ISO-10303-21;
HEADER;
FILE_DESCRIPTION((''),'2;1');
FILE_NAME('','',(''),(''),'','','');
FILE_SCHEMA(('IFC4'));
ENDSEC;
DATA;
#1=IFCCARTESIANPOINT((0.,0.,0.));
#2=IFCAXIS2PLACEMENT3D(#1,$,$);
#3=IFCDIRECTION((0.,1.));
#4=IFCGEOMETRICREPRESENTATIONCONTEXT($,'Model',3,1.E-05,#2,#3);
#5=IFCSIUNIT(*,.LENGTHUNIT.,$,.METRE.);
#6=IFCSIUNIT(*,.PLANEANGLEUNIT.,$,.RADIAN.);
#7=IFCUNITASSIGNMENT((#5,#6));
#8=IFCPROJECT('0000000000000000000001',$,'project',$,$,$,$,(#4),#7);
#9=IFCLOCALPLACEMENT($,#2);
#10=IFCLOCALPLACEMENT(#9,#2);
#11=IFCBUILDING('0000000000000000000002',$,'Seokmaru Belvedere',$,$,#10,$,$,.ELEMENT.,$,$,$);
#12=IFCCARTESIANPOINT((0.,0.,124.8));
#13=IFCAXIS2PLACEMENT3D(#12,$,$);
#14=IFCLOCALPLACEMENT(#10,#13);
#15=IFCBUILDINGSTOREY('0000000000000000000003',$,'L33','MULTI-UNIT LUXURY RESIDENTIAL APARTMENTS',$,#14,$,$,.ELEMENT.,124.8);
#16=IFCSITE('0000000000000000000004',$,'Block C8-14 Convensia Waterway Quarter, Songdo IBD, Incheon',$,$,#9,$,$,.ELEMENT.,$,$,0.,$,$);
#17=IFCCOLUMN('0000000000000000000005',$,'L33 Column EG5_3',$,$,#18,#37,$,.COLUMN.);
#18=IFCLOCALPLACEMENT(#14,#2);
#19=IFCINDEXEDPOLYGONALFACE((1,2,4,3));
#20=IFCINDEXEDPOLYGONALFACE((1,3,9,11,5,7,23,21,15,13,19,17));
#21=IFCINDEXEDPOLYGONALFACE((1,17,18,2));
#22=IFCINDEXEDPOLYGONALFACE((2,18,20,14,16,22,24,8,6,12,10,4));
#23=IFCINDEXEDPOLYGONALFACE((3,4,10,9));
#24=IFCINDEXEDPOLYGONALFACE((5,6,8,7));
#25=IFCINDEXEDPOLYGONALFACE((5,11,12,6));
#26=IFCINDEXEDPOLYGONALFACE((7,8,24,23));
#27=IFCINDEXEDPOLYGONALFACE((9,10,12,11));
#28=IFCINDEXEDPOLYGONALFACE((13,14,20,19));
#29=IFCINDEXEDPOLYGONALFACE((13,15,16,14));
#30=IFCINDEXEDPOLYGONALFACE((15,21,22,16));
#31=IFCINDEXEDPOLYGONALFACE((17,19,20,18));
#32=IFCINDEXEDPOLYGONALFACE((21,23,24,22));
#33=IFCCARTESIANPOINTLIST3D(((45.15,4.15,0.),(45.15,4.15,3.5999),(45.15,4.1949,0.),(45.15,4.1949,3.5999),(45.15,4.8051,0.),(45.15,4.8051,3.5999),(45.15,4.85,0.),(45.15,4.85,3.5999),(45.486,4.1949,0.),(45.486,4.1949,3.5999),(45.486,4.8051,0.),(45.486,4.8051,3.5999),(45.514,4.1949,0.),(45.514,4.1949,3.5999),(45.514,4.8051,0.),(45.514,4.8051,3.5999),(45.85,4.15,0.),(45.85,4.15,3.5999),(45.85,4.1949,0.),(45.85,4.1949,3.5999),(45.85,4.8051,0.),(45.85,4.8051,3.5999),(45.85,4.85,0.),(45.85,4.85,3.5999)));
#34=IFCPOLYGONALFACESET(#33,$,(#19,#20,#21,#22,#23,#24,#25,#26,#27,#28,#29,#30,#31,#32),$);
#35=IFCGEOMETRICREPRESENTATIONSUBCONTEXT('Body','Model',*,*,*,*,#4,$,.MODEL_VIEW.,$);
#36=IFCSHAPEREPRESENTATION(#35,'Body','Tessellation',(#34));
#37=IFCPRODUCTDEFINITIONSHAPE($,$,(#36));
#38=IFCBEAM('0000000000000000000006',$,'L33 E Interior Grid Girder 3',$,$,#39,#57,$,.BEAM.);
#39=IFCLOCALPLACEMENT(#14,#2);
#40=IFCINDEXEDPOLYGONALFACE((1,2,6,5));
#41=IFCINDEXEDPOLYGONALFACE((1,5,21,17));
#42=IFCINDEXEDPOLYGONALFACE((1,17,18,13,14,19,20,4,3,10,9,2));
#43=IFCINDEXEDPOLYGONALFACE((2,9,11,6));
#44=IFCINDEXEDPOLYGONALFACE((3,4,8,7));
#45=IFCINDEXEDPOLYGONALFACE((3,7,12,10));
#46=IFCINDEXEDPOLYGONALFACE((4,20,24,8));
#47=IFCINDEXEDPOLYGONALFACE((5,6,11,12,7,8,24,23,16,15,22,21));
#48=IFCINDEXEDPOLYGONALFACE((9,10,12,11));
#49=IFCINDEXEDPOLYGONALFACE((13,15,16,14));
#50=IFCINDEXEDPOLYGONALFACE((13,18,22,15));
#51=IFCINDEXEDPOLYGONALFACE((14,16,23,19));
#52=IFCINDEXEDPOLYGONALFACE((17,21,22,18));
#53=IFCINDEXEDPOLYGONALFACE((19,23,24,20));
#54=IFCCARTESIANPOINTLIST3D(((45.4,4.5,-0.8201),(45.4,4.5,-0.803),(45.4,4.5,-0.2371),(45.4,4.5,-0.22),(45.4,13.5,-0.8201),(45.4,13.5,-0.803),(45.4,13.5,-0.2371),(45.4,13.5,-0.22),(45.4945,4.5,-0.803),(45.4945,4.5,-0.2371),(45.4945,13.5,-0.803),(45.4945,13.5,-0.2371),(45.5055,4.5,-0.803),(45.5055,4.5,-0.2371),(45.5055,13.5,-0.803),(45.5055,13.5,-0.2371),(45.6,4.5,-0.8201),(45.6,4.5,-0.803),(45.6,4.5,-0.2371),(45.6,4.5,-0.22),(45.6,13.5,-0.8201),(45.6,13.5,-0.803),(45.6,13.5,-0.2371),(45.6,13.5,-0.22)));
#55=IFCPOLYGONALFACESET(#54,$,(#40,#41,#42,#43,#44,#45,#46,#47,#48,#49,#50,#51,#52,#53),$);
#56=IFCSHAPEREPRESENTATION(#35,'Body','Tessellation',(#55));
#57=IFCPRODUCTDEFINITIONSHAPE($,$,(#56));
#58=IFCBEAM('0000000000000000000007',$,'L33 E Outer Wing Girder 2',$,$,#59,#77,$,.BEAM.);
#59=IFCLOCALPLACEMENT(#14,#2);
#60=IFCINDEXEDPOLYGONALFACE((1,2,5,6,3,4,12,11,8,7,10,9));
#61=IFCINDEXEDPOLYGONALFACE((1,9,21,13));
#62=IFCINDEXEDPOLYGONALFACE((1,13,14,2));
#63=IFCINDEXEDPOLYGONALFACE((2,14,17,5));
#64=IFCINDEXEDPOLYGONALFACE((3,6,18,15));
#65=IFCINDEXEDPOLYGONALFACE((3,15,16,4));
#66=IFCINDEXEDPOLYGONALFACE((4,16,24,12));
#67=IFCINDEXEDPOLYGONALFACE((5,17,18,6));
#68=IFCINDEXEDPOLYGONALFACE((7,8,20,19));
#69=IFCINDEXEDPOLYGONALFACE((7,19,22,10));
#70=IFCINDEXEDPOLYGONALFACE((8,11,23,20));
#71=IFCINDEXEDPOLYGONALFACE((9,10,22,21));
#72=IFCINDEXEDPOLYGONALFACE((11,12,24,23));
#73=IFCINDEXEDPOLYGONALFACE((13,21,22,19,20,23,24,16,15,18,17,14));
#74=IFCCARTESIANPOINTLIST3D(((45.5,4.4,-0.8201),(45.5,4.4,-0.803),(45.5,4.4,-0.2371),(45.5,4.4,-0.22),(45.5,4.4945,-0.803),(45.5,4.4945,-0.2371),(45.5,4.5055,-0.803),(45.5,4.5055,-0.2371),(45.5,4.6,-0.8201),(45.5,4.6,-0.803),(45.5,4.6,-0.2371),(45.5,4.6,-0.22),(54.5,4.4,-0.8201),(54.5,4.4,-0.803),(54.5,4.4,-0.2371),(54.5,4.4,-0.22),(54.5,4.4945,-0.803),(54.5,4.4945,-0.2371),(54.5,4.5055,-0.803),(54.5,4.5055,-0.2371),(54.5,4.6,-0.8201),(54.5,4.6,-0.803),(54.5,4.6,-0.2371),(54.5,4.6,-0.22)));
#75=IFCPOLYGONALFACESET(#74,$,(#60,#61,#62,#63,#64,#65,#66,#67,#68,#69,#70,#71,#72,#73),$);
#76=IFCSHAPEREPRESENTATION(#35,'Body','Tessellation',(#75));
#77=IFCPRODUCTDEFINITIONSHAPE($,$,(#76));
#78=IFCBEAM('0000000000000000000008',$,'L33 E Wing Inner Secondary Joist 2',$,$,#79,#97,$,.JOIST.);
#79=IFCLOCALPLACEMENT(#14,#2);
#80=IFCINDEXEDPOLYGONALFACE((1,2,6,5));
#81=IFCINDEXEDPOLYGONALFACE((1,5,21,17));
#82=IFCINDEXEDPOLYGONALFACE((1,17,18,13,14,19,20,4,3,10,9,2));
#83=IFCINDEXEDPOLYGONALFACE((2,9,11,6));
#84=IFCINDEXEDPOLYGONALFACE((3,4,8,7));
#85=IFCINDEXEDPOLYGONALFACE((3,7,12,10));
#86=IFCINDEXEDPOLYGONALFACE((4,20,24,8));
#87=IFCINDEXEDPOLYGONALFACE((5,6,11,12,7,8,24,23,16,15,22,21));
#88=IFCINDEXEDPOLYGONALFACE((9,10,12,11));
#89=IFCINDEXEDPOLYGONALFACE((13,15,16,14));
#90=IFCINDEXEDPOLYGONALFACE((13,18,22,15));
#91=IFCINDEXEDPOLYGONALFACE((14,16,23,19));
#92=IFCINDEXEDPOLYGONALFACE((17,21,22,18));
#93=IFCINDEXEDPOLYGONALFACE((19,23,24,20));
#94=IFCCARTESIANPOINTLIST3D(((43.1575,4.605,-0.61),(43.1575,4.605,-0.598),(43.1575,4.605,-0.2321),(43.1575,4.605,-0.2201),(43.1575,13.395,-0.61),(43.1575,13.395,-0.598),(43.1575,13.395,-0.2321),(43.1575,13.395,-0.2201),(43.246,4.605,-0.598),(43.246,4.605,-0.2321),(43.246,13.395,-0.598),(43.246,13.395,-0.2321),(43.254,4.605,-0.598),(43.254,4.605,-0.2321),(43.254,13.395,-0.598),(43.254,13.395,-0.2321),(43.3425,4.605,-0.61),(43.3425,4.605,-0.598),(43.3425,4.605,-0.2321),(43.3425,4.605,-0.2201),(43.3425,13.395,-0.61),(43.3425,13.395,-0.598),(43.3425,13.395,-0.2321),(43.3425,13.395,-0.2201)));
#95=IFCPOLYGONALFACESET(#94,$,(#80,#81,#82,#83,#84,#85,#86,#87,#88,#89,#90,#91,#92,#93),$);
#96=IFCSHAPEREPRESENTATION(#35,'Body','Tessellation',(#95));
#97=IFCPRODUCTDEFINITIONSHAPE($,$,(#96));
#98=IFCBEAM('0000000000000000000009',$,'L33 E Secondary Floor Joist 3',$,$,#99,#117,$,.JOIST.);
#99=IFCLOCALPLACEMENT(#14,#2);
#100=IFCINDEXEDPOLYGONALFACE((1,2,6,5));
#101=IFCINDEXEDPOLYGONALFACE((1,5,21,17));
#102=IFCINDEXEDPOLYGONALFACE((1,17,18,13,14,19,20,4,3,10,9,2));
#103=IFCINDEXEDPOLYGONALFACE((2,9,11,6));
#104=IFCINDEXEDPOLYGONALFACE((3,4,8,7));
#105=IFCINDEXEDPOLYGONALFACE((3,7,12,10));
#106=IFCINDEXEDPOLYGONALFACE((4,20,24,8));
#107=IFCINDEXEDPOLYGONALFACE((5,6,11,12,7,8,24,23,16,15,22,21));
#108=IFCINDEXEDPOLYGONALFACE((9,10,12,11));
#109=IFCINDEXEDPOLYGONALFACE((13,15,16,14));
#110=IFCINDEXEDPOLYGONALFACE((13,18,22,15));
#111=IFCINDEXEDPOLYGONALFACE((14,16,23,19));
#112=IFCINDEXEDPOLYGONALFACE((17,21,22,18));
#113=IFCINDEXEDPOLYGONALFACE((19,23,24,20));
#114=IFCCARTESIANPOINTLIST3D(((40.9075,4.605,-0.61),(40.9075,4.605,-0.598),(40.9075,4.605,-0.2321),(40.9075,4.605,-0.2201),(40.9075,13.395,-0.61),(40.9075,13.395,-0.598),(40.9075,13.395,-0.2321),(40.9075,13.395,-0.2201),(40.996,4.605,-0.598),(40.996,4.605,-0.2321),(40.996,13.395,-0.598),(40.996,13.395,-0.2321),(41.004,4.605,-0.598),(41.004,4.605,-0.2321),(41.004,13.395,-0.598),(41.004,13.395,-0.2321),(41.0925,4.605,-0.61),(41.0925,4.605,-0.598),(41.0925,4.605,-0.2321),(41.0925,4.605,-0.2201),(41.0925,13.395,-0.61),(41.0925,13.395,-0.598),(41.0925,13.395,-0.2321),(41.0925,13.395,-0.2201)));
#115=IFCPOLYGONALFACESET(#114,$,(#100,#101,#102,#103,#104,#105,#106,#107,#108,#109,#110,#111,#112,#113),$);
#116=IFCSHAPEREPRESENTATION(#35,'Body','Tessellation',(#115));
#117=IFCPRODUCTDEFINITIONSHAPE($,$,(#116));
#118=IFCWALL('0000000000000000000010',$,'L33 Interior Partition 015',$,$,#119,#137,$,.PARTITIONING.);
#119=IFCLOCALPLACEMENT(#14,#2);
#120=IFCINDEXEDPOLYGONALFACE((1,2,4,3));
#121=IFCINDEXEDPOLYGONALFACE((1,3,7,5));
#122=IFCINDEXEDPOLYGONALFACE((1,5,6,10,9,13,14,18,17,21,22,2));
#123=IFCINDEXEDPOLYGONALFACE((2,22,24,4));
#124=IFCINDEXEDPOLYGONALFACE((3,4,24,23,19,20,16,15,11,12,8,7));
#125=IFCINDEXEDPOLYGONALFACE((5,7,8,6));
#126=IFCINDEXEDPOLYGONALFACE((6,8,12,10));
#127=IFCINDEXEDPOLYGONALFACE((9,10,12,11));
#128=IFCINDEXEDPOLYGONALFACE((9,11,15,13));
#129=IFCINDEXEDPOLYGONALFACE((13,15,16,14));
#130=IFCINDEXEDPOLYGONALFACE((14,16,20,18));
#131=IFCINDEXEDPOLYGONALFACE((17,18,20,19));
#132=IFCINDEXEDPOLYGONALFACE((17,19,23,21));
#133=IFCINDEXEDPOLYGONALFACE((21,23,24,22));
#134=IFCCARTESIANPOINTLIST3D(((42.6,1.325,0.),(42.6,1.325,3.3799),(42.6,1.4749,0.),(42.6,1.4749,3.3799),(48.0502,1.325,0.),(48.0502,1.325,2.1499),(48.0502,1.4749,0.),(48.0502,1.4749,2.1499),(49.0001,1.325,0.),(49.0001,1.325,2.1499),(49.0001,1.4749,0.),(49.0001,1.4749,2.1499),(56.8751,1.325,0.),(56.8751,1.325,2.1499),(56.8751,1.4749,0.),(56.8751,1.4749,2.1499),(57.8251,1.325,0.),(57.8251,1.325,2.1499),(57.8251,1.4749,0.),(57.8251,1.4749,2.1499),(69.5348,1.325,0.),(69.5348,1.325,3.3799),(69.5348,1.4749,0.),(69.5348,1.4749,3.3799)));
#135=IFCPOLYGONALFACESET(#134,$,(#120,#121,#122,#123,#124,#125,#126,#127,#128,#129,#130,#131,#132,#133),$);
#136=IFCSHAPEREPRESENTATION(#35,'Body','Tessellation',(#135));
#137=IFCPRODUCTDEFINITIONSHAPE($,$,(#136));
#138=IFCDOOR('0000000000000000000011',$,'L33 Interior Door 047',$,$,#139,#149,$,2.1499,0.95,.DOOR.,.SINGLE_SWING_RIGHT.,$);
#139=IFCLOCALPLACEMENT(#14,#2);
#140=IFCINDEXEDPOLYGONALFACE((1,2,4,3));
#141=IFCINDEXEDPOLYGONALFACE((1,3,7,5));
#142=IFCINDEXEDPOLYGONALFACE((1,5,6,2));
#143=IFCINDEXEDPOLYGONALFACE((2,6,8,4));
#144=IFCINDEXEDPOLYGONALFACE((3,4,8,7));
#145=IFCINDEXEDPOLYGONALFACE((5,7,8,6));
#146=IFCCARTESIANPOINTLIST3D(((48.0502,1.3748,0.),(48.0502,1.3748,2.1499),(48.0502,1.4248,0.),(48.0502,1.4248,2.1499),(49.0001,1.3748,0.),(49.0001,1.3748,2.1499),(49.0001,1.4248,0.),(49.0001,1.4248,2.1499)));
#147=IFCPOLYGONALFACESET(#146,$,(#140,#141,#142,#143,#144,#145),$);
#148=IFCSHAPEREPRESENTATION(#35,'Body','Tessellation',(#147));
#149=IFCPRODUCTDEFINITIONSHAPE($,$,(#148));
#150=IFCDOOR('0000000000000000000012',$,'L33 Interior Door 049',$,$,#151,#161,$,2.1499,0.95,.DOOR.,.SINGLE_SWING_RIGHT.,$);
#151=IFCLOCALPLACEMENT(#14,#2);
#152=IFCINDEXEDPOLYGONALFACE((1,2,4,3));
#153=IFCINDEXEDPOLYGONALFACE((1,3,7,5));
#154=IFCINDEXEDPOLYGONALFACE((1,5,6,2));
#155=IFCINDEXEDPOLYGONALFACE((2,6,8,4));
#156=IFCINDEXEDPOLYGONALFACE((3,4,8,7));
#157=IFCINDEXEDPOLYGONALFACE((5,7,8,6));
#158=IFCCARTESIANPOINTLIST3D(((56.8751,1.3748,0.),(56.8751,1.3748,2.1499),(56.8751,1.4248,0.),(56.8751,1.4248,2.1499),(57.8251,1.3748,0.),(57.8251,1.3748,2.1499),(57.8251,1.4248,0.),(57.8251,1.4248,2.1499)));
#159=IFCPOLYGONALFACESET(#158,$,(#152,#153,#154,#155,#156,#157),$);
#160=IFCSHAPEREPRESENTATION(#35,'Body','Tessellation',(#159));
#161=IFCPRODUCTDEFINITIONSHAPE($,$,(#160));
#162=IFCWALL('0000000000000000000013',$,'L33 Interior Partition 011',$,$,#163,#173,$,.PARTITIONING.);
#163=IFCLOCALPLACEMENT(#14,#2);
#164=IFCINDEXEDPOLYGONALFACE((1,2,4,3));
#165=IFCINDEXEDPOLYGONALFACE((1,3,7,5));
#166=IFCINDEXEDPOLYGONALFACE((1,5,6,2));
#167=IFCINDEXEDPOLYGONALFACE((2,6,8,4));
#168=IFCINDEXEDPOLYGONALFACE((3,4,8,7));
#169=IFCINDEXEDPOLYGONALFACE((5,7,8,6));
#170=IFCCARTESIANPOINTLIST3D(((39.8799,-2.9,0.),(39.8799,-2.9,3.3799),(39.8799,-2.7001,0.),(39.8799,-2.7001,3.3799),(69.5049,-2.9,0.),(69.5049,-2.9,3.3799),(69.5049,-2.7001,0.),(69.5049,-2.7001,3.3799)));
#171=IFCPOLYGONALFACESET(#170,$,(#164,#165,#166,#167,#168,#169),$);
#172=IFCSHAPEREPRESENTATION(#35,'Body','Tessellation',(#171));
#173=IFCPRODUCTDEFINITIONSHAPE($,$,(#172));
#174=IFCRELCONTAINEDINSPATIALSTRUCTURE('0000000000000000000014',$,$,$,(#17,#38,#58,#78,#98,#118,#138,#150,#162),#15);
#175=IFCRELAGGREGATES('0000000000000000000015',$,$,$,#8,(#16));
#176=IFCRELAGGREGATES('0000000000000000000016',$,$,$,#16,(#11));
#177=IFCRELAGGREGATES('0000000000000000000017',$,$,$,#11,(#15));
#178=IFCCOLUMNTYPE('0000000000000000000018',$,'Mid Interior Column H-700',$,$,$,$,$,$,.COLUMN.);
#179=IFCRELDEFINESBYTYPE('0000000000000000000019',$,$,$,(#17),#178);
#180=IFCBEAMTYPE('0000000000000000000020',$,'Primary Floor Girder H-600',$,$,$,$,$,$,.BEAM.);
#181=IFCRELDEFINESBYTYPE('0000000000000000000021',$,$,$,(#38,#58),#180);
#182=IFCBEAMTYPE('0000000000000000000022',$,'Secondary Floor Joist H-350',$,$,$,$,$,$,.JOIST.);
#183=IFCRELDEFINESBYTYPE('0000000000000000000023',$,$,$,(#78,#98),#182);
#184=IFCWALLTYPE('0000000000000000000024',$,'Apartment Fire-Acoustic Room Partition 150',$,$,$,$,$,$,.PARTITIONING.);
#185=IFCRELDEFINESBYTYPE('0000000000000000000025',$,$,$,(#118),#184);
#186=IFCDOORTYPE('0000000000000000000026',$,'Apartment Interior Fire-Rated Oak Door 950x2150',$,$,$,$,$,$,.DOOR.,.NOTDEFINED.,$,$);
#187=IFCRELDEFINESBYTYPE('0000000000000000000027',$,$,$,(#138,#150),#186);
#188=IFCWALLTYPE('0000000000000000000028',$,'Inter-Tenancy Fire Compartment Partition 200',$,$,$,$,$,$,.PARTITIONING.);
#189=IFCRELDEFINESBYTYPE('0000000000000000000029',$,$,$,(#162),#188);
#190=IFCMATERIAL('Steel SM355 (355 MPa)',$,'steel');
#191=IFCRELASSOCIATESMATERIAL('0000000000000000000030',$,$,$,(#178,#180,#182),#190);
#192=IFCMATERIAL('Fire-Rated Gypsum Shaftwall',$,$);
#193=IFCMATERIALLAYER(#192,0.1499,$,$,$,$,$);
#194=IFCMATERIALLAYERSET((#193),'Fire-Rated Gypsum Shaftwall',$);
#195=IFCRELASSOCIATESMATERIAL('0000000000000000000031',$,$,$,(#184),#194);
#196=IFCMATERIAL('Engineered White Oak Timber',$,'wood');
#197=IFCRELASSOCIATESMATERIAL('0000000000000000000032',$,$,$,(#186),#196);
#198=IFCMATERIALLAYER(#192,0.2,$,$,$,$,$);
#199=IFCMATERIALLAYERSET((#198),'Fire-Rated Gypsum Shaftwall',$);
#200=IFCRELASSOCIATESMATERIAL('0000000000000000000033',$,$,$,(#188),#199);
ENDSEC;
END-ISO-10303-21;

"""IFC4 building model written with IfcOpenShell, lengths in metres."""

from ifc_helpers import new_model, si_unit, direction, frame, frame_2d, origin, origin_2d, place, context, subcontext, project, spatial, rectangle, i_section, extrude, source, transform, mapped, material, layer, layer_set, material_profile, profile_set, type_object, type_shapes, element, fill, save


model = new_model("IFC4")

# Units and contexts
model_context = context("Model", 3, precision=1e-05, world=origin(), true_north=direction((0.0, 1.0)))
body_context = subcontext(model_context, "Body", "Model", "MODEL_VIEW")
ifc_project = project(units=[si_unit("LENGTHUNIT", "METRE"), si_unit("PLANEANGLEUNIT", "RADIAN")], contexts=[model_context])

# Site, building, storey
site_placement = place(None, origin())
site = spatial("IfcSite", under=ifc_project, at=site_placement, Name="Block C8-14 Convensia Waterway Quarter, Songdo IBD, Incheon", CompositionType="ELEMENT", RefElevation=0.0)
building_placement = place(site_placement, origin())
building = spatial("IfcBuilding", under=site, at=building_placement, Name="Seokmaru Belvedere", CompositionType="ELEMENT")
storey_placement = place(building_placement, frame((0.0, 0.0, 124.8)))
storey = spatial("IfcBuildingStorey", under=building, at=storey_placement, Name="L33", Description="MULTI-UNIT LUXURY RESIDENTIAL APARTMENTS", CompositionType="ELEMENT", Elevation=124.8)

# Column
ifc_material_1 = material(Name="Steel SM355 (355 MPa)", Category="steel")
ifc_material_profile_1 = material_profile(ifc_material_1, i_section(OverallWidth=0.7, OverallDepth=0.7, WebThickness=0.0281, FlangeThickness=0.0449, at=origin_2d()), Name="H-700x700x28x45")
ifc_profile_set_1 = profile_set([ifc_material_profile_1], Name="Steel SM355 (355 MPa)")
column_type = type_object("IfcColumnType", Name="Mid Interior Column H-700", PredefinedType="COLUMN", material=ifc_profile_set_1)
shared_shape_1 = source(origin(), body_context, "Body", "SweptSolid", [
    extrude(i_section(OverallWidth=0.7, OverallDepth=0.7, WebThickness=0.0281, FlangeThickness=0.0449, at=origin_2d()), origin(), (0.0, 0.0, 1.0), 3.5999),
])
type_shapes(column_type, [shared_shape_1])
column_placement = place(storey_placement, frame((45.5, 4.5, 0.0), z_axis=(0.0, 0.0, 1.0), x_axis=(1.0, 0.0, 0.0)))
element("IfcColumn", 1, at=column_placement, inside=storey, type_object=column_type, Name="L33 Column EG5_3", PredefinedType="COLUMN", context=body_context, shape_type="MappedRepresentation", body=[
    mapped(shared_shape_1, transform((0.0, 0.0, 0.0), scale=1.0)),
])

# Beams
ifc_material_profile_2 = material_profile(ifc_material_1, i_section(OverallWidth=0.2, OverallDepth=0.6001, WebThickness=0.011, FlangeThickness=0.0171, at=origin_2d()), Name="H-600x200x11x17")
ifc_profile_set_2 = profile_set([ifc_material_profile_2], Name="Steel SM355 (355 MPa)")
beam_type_1 = type_object("IfcBeamType", Name="Primary Floor Girder H-600", PredefinedType="BEAM", material=ifc_profile_set_2)
shared_shape_2 = source(origin(), body_context, "Body", "SweptSolid", [
    extrude(i_section(OverallWidth=0.2, OverallDepth=0.6001, WebThickness=0.011, FlangeThickness=0.0171, at=origin_2d()), origin(), (0.0, 0.0, 1.0), 9.0),
])
type_shapes(beam_type_1, [shared_shape_2])
for number, where, z_axis, x_axis, name in (
    (2, (45.5, 4.5, -0.52), (0.0, 1.0, 0.0), (-1.0, 0.0, 0.0), "L33 E Interior Grid Girder 3"),
    (3, (45.5, 4.5, -0.52), (1.0, 0.0, 0.0), (0.0, 1.0, 0.0), "L33 E Outer Wing Girder 2"),
):
    element("IfcBeam", number, at=place(storey_placement, frame(where, z_axis=z_axis, x_axis=x_axis)), inside=storey, type_object=beam_type_1, Name=name, PredefinedType="BEAM", context=body_context, shape_type="MappedRepresentation", body=[
        mapped(shared_shape_2, transform((0.0, 0.0, 0.0), scale=1.0)),
    ])
ifc_material_profile_3 = material_profile(ifc_material_1, i_section(OverallWidth=0.1851, OverallDepth=0.3899, WebThickness=0.0081, FlangeThickness=0.012, at=origin_2d()), Name="H-390x185x8x12")
ifc_profile_set_3 = profile_set([ifc_material_profile_3], Name="Steel SM355 (355 MPa)")
beam_type_2 = type_object("IfcBeamType", Name="Secondary Floor Joist H-350", PredefinedType="JOIST", material=ifc_profile_set_3)
shared_shape_3 = source(origin(), body_context, "Body", "SweptSolid", [
    extrude(i_section(OverallWidth=0.1851, OverallDepth=0.3899, WebThickness=0.0081, FlangeThickness=0.012, at=origin_2d()), origin(), (0.0, 0.0, 1.0), 8.79),
])
type_shapes(beam_type_2, [shared_shape_3])
for number, where, z_axis, x_axis, name in (
    (4, (43.25, 4.605, -0.415), (0.0, 1.0, 0.0), (-1.0, 0.0, 0.0), "L33 E Wing Inner Secondary Joist 2"),
    (5, (41.0, 4.605, -0.415), (0.0, 1.0, 0.0), (-1.0, 0.0, 0.0), "L33 E Secondary Floor Joist 3"),
):
    element("IfcBeam", number, at=place(storey_placement, frame(where, z_axis=z_axis, x_axis=x_axis)), inside=storey, type_object=beam_type_2, Name=name, PredefinedType="JOIST", context=body_context, shape_type="MappedRepresentation", body=[
        mapped(shared_shape_3, transform((0.0, 0.0, 0.0), scale=1.0)),
    ])

# Wall, openings, doors
ifc_material_2 = material(Name="Fire-Rated Gypsum Shaftwall")
ifc_layer_1 = layer(ifc_material_2, 0.1499)
ifc_layer_set_1 = layer_set([ifc_layer_1], Name="Fire-Rated Gypsum Shaftwall")
wall_type_1 = type_object("IfcWallType", Name="Apartment Fire-Acoustic Room Partition 150", PredefinedType="PARTITIONING", material=ifc_layer_set_1)
wall_1_placement = place(storey_placement, frame((42.6001, 1.3999, 0.0), z_axis=(0.0, 0.0, 1.0), x_axis=(1.0, 0.0, 0.0)))
wall_1 = element("IfcWall", 6, at=wall_1_placement, inside=storey, type_object=wall_type_1, Name="L33 Interior Partition 015", PredefinedType="PARTITIONING", context=body_context, shape_type="SweptSolid", body=[
    extrude(rectangle(XDim=26.9348, YDim=0.1499, at=frame_2d((13.4673, 0.0))), origin(), (0.0, 0.0, 1.0), 3.3799),
])
opening_1_placement = place(wall_1_placement, frame((5.45, 0.0, 0.0)))
opening_1 = element("IfcOpeningElement", 7, at=opening_1_placement, cuts=wall_1, PredefinedType="OPENING", context=body_context, shape_type="SweptSolid", body=[
    extrude(rectangle(XDim=0.95, YDim=2.1499, at=frame_2d((0.4751, 1.075))), frame((0.0, 0.085, 0.0), z_axis=(0.0, -1.0, 0.0), x_axis=(1.0, 0.0, 0.0)), (0.0, 0.0, 1.0), 0.1699),
])
opening_2_placement = place(wall_1_placement, frame((14.2749, 0.0, 0.0)))
opening_2 = element("IfcOpeningElement", 8, at=opening_2_placement, cuts=wall_1, PredefinedType="OPENING", context=body_context, shape_type="SweptSolid", body=[
    extrude(rectangle(XDim=0.95, YDim=2.1499, at=frame_2d((0.4751, 1.075))), frame((0.0, 0.085, 0.0), z_axis=(0.0, -1.0, 0.0), x_axis=(1.0, 0.0, 0.0)), (0.0, 0.0, 1.0), 0.1699),
])
ifc_material_3 = material(Name="Engineered White Oak Timber", Category="wood")
door_type_1 = type_object("IfcDoorType", Name="Apartment Interior Fire-Rated Oak Door 950x2150", OperationType="NOTDEFINED", PredefinedType="DOOR", material=ifc_material_3)
shared_shape_4 = source(origin(), body_context, "Body", "SweptSolid", [
    extrude(rectangle(XDim=0.95, YDim=2.1499, at=frame_2d((0.4751, 1.075))), frame((0.0, 0.0249, 0.0), z_axis=(0.0, -1.0, 0.0), x_axis=(1.0, 0.0, 0.0)), (0.0, 0.0, 1.0), 0.05),
])
type_shapes(door_type_1, [shared_shape_4])
door_1_placement = place(opening_1_placement, origin())
door_1 = element("IfcDoor", 9, at=door_1_placement, inside=storey, type_object=door_type_1, Name="L33 Interior Door 047", OperationType="SINGLE_SWING_RIGHT", OverallHeight=2.1499, OverallWidth=0.95, PredefinedType="DOOR", context=body_context, shape_type="MappedRepresentation", body=[
    mapped(shared_shape_4, transform((0.0, 0.0, 0.0), scale=1.0)),
])
fill(opening_1, door_1)
door_2_placement = place(opening_2_placement, origin())
door_2 = element("IfcDoor", 10, at=door_2_placement, inside=storey, type_object=door_type_1, Name="L33 Interior Door 049", OperationType="SINGLE_SWING_RIGHT", OverallHeight=2.1499, OverallWidth=0.95, PredefinedType="DOOR", context=body_context, shape_type="MappedRepresentation", body=[
    mapped(shared_shape_4, transform((0.0, 0.0, 0.0), scale=1.0)),
])
fill(opening_2, door_2)

# Wall
ifc_layer_2 = layer(ifc_material_2, 0.2)
ifc_layer_set_2 = layer_set([ifc_layer_2], Name="Fire-Rated Gypsum Shaftwall")
wall_type_2 = type_object("IfcWallType", Name="Inter-Tenancy Fire Compartment Partition 200", PredefinedType="PARTITIONING", material=ifc_layer_set_2)
wall_2_placement = place(storey_placement, frame((39.8799, -2.8, 0.0), z_axis=(0.0, 0.0, 1.0), x_axis=(1.0, 0.0, 0.0)))
element("IfcWall", 11, at=wall_2_placement, inside=storey, type_object=wall_type_2, Name="L33 Interior Partition 011", PredefinedType="PARTITIONING", context=body_context, shape_type="SweptSolid", body=[
    extrude(rectangle(XDim=29.625, YDim=0.2, at=frame_2d((14.8125, 0.0))), origin(), (0.0, 0.0, 1.0), 3.3799),
])

save(model, "model.ifc")
